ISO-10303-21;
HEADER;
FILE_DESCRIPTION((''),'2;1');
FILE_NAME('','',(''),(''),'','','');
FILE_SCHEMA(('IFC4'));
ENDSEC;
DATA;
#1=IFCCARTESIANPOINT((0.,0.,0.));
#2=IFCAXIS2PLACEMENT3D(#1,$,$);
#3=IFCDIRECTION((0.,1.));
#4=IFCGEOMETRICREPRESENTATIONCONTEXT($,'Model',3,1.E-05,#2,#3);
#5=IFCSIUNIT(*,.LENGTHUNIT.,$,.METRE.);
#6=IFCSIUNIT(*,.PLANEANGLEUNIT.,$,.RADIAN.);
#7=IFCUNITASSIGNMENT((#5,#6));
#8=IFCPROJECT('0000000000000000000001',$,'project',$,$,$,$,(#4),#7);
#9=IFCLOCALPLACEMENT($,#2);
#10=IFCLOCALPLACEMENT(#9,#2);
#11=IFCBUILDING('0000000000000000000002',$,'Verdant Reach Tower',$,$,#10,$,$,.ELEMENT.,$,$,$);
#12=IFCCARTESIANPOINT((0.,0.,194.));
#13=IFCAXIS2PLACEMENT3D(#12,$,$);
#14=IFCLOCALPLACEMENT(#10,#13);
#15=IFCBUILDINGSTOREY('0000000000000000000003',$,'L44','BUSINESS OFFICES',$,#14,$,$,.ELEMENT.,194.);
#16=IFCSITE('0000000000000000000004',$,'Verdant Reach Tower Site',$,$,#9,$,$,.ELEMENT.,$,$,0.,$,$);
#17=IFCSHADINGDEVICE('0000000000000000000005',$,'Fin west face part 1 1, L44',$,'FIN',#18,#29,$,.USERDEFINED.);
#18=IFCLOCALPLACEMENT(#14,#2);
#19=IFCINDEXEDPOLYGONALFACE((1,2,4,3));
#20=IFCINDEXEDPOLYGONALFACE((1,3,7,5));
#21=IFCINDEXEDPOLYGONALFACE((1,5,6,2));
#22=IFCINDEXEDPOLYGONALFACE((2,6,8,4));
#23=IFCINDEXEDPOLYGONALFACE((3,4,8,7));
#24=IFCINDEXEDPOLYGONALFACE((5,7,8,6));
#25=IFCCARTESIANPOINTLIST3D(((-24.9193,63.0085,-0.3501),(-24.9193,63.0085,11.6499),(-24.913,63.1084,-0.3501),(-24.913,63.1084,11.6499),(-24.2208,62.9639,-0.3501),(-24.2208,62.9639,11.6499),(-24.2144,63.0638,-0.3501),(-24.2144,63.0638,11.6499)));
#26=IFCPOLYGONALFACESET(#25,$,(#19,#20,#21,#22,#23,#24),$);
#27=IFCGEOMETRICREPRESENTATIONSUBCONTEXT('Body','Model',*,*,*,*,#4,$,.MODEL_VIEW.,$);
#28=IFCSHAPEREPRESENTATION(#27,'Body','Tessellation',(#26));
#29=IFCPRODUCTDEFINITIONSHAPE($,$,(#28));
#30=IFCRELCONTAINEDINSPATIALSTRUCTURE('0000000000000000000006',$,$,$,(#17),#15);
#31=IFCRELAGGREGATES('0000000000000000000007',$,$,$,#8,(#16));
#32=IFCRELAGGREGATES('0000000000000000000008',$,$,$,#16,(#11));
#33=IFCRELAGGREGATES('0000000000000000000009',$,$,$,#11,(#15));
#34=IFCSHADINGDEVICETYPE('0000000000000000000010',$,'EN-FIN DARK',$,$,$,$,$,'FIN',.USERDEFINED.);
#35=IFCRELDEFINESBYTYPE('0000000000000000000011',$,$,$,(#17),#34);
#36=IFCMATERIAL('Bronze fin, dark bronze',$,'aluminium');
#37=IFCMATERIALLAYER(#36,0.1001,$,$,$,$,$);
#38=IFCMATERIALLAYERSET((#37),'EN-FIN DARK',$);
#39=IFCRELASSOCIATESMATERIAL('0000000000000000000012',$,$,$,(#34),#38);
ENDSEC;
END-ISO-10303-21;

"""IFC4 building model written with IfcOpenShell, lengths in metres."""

from ifc_helpers import new_model, si_unit, direction, frame, origin, origin_2d, place, context, subcontext, project, spatial, rectangle, extrude, material, layer, layer_set, type_object, element, save


model = new_model("IFC4")

# Units and contexts
model_context = context("Model", 3, precision=1e-05, world=origin(), true_north=direction((0.0, 1.0)))
body_context = subcontext(model_context, "Body", "Model", "MODEL_VIEW")
ifc_project = project(units=[si_unit("LENGTHUNIT", "METRE"), si_unit("PLANEANGLEUNIT", "RADIAN")], contexts=[model_context])

# Site, building, storey
site_placement = place(None, origin())
site = spatial("IfcSite", under=ifc_project, at=site_placement, Name="Verdant Reach Tower Site", CompositionType="ELEMENT", RefElevation=0.0)
building_placement = place(site_placement, origin())
building = spatial("IfcBuilding", under=site, at=building_placement, Name="Verdant Reach Tower", CompositionType="ELEMENT")
storey_placement = place(building_placement, frame((0.0, 0.0, 194.0)))
storey = spatial("IfcBuildingStorey", under=building, at=storey_placement, Name="L44", Description="BUSINESS OFFICES", CompositionType="ELEMENT", Elevation=194.0)

# Shading device
ifc_material_1 = material(Name="Bronze fin, dark bronze", Category="aluminium")
ifc_layer_1 = layer(ifc_material_1, 0.1001)
ifc_layer_set_1 = layer_set([ifc_layer_1], Name="EN-FIN DARK")
shading_device_type_1 = type_object("IfcShadingDeviceType", Name="EN-FIN DARK", ElementType="FIN", PredefinedType="USERDEFINED", material=ifc_layer_set_1)
for number, where, z_axis, x_axis, name in (
    (1, (-24.5669, 63.0361, -0.3501), (0.0, 0.0, 1.0), (-0.063699, -0.997969, 0.0), "Fin west face part 1 1, L44"),
):
    element("IfcShadingDevice", number, at=place(storey_placement, frame(where, z_axis=z_axis, x_axis=x_axis)), inside=storey, type_object=shading_device_type_1, Name=name, ObjectType="FIN", PredefinedType="USERDEFINED", context=body_context, shape_type="SweptSolid", body=[
        extrude(rectangle(XDim=0.1001, YDim=0.7, at=origin_2d()), origin(), (0.0, 0.0, 1.0), 12.0),
    ])

save(model, "model.ifc")
